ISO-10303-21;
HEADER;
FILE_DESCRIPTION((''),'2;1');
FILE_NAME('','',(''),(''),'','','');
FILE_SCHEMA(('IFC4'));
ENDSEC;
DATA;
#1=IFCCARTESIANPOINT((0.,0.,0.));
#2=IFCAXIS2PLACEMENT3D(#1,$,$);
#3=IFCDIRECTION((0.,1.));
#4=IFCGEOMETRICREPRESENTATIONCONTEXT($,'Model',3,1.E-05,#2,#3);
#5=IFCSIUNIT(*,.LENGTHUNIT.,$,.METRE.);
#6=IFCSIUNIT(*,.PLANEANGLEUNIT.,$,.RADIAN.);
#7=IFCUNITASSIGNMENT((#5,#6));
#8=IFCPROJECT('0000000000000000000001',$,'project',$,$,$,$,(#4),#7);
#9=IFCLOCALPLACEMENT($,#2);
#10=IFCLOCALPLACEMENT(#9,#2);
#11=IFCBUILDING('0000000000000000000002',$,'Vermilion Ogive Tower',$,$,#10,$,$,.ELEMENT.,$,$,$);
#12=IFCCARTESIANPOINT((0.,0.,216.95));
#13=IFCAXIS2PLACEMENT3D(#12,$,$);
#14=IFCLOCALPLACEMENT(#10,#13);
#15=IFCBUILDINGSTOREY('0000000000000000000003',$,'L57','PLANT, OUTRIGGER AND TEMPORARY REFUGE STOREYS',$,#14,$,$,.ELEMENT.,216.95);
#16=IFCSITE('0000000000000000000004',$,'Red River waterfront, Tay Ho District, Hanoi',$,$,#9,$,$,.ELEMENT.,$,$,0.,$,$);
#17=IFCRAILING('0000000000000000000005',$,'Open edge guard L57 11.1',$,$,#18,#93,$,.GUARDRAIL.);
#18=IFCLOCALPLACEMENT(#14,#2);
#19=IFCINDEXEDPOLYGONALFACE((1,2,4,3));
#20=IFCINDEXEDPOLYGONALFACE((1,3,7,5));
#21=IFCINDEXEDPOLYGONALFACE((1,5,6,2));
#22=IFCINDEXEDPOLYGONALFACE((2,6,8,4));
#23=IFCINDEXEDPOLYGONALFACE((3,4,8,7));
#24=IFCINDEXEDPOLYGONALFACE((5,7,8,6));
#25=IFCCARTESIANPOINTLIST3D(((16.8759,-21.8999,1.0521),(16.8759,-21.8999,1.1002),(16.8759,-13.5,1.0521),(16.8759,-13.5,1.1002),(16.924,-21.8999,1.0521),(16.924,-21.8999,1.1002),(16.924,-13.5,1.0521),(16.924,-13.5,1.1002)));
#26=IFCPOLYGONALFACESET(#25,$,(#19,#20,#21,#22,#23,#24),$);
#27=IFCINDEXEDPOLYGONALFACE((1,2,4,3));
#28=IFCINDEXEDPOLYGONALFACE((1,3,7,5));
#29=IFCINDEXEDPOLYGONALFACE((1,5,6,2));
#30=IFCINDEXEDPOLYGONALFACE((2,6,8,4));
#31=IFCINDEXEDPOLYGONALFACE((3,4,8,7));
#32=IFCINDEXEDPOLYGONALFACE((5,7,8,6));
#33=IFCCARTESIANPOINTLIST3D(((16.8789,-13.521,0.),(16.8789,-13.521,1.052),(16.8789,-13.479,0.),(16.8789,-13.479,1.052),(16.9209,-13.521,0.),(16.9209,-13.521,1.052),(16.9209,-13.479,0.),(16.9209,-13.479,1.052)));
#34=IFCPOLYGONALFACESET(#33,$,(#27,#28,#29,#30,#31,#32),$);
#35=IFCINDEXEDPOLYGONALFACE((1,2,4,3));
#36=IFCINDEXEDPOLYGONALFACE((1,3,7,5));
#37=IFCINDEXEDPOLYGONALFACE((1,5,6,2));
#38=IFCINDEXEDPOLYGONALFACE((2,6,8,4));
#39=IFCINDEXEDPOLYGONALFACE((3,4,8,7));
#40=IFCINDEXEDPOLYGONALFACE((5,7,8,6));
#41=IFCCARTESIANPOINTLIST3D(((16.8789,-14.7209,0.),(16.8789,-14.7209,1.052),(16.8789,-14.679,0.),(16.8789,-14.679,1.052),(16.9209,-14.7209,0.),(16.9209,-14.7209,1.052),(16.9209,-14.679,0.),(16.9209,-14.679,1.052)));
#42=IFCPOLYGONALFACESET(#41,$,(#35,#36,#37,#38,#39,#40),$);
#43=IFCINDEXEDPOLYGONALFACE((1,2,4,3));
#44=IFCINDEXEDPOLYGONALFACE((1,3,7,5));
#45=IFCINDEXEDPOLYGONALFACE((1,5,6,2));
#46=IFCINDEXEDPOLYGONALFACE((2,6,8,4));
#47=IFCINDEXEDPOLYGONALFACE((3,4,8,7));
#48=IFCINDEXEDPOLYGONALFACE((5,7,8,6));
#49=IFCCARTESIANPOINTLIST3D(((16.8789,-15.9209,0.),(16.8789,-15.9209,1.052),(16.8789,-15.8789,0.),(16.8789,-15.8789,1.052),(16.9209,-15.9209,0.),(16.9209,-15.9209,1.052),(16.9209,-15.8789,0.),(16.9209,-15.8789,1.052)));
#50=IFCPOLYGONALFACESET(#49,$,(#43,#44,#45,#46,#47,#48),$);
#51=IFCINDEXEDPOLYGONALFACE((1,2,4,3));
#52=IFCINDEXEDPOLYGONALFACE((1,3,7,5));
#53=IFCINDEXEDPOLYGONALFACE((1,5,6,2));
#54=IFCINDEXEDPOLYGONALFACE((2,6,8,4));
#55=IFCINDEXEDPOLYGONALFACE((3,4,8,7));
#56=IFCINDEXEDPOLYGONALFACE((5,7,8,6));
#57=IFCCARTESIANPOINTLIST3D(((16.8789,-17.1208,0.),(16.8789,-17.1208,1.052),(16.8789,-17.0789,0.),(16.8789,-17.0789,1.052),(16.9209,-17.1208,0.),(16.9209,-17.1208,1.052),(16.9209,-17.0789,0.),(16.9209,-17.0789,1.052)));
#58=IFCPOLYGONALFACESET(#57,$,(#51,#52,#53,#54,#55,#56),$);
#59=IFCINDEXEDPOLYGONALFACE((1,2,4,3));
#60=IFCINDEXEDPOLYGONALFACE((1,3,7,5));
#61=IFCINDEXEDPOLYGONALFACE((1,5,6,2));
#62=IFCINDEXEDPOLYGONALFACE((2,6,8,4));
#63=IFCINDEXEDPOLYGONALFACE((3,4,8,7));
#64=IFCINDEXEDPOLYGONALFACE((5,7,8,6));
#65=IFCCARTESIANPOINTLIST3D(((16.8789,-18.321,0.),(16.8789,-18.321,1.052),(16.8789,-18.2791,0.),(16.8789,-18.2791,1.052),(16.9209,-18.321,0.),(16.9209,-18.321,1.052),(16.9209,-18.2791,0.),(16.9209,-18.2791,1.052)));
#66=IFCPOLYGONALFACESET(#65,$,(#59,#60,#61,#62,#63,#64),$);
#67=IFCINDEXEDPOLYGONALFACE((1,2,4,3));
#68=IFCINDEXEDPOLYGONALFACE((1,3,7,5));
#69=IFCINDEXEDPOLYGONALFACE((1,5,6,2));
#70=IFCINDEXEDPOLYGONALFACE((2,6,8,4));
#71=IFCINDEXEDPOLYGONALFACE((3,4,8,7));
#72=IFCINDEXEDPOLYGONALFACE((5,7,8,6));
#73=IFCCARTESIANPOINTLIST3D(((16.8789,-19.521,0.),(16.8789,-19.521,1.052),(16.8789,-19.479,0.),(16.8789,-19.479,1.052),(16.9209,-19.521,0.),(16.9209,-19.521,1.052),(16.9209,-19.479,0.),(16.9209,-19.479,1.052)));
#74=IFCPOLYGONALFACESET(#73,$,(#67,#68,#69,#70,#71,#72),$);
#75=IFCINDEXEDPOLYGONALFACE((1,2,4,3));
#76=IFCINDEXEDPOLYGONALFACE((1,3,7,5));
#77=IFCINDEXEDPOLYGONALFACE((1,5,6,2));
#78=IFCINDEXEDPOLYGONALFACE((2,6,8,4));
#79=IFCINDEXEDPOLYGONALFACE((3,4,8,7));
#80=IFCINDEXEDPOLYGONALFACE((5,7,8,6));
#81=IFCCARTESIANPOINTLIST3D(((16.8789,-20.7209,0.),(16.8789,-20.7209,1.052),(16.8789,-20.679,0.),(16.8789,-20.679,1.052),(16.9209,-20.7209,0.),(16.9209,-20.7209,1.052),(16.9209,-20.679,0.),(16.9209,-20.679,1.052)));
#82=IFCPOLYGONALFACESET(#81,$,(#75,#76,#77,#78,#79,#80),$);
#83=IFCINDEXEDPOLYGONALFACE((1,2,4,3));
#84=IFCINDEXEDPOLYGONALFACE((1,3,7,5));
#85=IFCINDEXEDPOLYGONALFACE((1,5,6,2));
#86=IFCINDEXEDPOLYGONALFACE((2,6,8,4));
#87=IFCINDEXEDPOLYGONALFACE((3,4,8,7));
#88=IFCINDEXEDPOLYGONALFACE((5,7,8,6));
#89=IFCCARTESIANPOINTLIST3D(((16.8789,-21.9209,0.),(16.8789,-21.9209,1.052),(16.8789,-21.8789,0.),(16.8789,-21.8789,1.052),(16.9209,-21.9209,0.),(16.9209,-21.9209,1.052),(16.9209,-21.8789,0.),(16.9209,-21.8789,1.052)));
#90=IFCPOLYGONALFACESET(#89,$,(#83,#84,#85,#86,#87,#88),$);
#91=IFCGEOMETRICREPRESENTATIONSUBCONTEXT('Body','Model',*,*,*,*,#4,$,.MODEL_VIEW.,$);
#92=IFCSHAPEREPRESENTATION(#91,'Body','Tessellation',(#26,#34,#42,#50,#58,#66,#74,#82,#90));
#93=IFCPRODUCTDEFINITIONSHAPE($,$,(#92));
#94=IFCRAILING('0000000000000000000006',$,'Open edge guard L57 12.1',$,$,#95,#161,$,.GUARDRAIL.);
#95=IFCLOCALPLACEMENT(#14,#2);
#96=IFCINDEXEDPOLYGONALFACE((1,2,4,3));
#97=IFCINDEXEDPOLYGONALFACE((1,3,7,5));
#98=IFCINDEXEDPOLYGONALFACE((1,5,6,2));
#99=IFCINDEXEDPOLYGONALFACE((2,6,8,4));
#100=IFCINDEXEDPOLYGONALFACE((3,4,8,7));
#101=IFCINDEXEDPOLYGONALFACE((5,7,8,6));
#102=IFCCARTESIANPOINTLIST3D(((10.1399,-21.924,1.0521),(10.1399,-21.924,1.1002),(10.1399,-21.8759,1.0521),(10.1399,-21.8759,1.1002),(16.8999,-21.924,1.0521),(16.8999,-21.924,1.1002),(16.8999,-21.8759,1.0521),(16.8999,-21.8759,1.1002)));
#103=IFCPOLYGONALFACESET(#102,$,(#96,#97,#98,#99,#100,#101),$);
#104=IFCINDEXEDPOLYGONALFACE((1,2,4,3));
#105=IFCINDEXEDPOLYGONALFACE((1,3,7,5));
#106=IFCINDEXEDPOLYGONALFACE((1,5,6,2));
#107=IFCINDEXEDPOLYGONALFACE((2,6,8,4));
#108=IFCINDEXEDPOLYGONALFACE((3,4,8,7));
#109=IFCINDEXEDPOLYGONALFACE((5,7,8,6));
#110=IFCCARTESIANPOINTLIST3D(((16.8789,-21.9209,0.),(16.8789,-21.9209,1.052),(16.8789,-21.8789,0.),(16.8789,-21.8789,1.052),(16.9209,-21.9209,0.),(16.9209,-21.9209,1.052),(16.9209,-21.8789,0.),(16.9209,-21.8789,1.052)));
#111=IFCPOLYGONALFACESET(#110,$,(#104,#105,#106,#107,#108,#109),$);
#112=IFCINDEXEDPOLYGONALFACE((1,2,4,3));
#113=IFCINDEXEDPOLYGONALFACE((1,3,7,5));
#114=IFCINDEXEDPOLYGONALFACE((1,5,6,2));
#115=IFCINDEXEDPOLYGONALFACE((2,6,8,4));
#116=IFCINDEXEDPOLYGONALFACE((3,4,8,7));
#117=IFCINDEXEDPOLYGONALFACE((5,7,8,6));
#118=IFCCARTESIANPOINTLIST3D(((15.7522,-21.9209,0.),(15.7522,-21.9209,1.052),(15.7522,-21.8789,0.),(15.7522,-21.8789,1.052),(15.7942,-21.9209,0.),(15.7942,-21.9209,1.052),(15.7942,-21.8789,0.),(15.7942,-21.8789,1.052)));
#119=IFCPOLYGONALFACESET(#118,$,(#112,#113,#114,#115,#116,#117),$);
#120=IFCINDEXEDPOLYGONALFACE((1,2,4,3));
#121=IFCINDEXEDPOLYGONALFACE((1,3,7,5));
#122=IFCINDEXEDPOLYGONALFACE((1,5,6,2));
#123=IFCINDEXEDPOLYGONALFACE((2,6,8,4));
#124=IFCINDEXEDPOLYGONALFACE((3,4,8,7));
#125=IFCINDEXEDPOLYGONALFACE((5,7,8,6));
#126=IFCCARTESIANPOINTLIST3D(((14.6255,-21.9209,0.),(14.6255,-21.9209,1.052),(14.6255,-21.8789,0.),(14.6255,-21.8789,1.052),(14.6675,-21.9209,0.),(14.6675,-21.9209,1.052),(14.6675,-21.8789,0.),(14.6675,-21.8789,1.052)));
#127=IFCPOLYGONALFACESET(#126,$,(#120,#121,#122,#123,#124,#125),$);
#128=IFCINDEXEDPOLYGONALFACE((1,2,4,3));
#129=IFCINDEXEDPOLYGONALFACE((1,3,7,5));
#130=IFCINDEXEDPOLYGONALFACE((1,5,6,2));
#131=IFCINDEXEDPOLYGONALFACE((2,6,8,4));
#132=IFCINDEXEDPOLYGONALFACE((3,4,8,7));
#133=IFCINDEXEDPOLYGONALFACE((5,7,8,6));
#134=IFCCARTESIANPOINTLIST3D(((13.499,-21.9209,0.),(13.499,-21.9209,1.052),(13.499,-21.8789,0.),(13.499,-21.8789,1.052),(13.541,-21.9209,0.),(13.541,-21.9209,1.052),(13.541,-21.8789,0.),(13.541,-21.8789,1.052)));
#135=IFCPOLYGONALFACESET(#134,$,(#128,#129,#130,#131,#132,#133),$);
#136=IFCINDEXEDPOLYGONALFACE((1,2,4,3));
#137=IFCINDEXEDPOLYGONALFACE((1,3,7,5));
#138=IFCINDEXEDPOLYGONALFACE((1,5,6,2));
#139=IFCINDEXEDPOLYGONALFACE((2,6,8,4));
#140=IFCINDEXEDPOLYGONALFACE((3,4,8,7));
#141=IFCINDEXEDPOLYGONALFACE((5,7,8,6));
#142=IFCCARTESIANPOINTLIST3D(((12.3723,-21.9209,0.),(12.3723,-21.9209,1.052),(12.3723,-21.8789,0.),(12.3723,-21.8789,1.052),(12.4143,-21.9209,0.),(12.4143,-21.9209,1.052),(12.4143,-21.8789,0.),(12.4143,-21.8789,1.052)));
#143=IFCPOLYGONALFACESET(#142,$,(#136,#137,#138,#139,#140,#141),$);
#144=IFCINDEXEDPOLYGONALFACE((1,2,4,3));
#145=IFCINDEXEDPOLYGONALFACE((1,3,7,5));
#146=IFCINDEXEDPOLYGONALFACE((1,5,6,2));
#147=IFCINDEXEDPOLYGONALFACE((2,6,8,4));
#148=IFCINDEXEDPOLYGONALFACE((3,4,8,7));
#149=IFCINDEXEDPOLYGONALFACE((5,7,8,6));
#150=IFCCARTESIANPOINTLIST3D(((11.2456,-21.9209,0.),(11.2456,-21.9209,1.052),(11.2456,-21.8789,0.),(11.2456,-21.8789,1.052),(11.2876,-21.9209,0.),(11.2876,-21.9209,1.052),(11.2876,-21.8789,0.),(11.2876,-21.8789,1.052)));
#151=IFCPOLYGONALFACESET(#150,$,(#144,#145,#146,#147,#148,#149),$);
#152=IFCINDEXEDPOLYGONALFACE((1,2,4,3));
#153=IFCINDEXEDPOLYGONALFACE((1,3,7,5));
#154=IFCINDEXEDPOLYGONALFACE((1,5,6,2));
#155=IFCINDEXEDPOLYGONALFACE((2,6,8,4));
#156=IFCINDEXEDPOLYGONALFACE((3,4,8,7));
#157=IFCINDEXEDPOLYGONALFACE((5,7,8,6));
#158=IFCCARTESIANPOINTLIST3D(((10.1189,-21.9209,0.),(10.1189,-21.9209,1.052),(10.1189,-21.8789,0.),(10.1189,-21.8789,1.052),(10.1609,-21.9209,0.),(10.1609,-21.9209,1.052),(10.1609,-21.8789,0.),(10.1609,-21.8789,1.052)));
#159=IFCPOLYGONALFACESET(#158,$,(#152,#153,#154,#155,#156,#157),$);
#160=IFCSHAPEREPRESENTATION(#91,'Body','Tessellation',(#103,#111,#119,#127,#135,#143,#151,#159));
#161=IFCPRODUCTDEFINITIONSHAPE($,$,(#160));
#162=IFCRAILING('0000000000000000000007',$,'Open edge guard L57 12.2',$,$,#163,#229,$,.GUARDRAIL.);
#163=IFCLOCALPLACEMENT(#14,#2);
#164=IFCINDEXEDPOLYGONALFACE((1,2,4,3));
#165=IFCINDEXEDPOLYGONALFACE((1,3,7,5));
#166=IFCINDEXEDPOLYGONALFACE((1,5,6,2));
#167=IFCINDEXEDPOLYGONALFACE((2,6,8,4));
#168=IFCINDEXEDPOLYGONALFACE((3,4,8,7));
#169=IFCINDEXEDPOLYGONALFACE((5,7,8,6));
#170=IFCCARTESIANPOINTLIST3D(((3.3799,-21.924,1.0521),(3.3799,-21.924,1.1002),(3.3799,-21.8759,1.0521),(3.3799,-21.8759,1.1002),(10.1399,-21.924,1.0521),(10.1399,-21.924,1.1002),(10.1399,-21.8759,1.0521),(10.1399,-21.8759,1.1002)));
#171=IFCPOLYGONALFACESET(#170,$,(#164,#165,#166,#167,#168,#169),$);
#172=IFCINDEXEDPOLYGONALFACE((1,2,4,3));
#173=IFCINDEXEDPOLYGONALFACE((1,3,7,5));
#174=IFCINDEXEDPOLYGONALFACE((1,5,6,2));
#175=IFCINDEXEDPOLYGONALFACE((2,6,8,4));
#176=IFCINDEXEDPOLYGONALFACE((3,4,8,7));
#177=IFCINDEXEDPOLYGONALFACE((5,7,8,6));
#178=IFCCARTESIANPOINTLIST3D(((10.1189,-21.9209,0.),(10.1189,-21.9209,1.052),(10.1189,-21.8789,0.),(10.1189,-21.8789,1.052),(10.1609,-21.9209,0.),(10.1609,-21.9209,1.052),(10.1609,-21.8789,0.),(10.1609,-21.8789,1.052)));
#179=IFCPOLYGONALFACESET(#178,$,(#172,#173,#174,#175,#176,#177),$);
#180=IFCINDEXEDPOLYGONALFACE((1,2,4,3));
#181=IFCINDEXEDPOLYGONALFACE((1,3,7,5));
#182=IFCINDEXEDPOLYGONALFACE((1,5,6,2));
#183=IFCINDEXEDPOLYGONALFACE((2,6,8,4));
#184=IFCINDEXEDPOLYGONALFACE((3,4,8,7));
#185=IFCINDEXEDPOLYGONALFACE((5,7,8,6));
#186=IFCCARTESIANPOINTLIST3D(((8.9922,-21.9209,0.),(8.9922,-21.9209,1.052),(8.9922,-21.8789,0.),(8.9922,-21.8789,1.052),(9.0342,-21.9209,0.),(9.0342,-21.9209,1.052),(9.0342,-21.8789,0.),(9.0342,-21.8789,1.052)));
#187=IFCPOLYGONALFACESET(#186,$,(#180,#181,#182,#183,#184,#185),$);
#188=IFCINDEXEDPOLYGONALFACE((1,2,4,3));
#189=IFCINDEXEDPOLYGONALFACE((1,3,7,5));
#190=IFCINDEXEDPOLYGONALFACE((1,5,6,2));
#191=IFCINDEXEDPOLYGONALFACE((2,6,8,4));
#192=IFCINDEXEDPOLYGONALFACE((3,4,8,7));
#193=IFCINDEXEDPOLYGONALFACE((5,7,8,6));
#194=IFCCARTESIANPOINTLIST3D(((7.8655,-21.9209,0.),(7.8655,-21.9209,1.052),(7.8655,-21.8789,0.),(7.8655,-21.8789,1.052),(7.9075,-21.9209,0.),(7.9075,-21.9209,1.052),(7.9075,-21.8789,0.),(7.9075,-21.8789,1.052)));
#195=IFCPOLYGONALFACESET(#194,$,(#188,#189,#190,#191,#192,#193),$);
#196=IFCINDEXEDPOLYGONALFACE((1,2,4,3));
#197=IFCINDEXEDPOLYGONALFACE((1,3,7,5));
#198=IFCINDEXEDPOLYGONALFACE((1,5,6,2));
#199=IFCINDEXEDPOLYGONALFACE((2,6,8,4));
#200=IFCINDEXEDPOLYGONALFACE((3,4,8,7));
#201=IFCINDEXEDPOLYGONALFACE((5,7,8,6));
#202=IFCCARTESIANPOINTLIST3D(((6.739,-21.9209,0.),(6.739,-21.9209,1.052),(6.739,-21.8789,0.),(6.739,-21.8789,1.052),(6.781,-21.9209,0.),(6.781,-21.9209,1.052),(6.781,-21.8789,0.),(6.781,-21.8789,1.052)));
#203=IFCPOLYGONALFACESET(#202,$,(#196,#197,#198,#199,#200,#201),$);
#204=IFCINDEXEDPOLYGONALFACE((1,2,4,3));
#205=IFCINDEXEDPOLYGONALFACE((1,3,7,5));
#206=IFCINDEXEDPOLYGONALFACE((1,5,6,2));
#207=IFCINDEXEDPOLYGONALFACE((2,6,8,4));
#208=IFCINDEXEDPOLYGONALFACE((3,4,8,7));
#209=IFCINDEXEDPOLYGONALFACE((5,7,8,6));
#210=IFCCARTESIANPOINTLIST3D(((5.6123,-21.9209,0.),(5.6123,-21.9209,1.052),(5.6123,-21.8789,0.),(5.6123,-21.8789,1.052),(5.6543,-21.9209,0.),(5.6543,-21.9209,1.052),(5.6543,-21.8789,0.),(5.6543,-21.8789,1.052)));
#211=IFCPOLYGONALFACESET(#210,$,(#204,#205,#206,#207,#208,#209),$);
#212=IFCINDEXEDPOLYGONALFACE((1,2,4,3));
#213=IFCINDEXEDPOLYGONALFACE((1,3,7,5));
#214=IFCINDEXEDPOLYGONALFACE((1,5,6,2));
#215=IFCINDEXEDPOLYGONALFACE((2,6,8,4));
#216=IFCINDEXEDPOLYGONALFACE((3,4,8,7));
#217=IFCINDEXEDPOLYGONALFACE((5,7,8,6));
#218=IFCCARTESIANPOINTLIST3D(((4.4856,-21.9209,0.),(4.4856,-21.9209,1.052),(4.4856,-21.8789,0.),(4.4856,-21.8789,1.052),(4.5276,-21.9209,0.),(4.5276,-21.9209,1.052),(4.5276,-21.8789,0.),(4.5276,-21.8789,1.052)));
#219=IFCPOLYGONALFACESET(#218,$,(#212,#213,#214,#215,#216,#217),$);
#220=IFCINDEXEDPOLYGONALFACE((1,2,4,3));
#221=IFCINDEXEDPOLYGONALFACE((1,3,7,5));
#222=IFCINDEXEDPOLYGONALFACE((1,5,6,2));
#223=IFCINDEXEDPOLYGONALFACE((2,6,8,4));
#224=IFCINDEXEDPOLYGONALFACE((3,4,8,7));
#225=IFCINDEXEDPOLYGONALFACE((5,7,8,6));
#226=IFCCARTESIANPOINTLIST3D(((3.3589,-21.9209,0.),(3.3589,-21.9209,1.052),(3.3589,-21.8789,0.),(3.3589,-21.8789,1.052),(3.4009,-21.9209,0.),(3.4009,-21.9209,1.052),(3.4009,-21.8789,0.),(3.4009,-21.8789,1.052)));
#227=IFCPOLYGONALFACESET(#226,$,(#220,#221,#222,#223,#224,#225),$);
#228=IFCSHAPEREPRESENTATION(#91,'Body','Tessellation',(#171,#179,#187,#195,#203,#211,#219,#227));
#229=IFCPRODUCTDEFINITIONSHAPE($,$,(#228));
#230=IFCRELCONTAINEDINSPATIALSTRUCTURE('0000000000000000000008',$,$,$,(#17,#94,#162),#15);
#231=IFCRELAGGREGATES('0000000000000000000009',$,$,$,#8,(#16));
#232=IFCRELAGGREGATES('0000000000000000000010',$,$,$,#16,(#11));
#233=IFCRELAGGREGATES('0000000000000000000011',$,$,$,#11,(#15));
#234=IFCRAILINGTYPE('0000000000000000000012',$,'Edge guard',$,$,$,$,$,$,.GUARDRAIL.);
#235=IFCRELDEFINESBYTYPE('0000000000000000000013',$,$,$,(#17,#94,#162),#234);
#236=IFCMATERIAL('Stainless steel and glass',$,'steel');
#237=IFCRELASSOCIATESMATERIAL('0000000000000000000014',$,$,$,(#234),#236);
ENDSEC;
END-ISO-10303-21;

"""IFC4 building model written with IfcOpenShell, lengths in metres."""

from ifc_helpers import new_model, si_unit, direction, frame, origin, origin_2d, place, context, subcontext, project, spatial, rectangle, extrude, material, type_object, element, save


model = new_model("IFC4")

# Units and contexts
model_context = context("Model", 3, precision=1e-05, world=origin(), true_north=direction((0.0, 1.0)))
body_context = subcontext(model_context, "Body", "Model", "MODEL_VIEW")
ifc_project = project(units=[si_unit("LENGTHUNIT", "METRE"), si_unit("PLANEANGLEUNIT", "RADIAN")], contexts=[model_context])

# Site, building, storey
site_placement = place(None, origin())
site = spatial("IfcSite", under=ifc_project, at=site_placement, Name="Red River waterfront, Tay Ho District, Hanoi", CompositionType="ELEMENT", RefElevation=0.0)
building_placement = place(site_placement, origin())
building = spatial("IfcBuilding", under=site, at=building_placement, Name="Vermilion Ogive Tower", CompositionType="ELEMENT")
storey_placement = place(building_placement, frame((0.0, 0.0, 216.95)))
storey = spatial("IfcBuildingStorey", under=building, at=storey_placement, Name="L57", Description="PLANT, OUTRIGGER AND TEMPORARY REFUGE STOREYS", CompositionType="ELEMENT", Elevation=216.95)

# Railings
ifc_material_1 = material(Name="Stainless steel and glass", Category="steel")
railing_type_1 = type_object("IfcRailingType", Name="Edge guard", PredefinedType="GUARDRAIL", material=ifc_material_1)
railing_1_placement = place(storey_placement, frame((16.8999, -13.5, 0.0)))
element("IfcRailing", 1, at=railing_1_placement, inside=storey, type_object=railing_type_1, Name="Open edge guard L57 11.1", PredefinedType="GUARDRAIL", context=body_context, shape_type="SweptSolid", body=[
    extrude(rectangle(XDim=0.0481, YDim=0.0481, at=origin_2d()), frame((0.0, 0.0, 1.0762), z_axis=(0.0, -1.0, 0.0), x_axis=(1.0, 0.0, 0.0)), (0.0, 0.0, 1.0), 8.3999),
    extrude(rectangle(XDim=0.042, YDim=0.042, at=origin_2d()), origin(), (0.0, 0.0, 1.0), 1.052),
    extrude(rectangle(XDim=0.042, YDim=0.042, at=origin_2d()), frame((0.0, -1.2, 0.0)), (0.0, 0.0, 1.0), 1.052),
    extrude(rectangle(XDim=0.042, YDim=0.042, at=origin_2d()), frame((0.0, -2.3999, 0.0)), (0.0, 0.0, 1.0), 1.052),
    extrude(rectangle(XDim=0.042, YDim=0.042, at=origin_2d()), frame((0.0, -3.5999, 0.0)), (0.0, 0.0, 1.0), 1.052),
    extrude(rectangle(XDim=0.042, YDim=0.042, at=origin_2d()), frame((0.0, -4.8, 0.0)), (0.0, 0.0, 1.0), 1.052),
    extrude(rectangle(XDim=0.042, YDim=0.042, at=origin_2d()), frame((0.0, -6.0, 0.0)), (0.0, 0.0, 1.0), 1.052),
    extrude(rectangle(XDim=0.042, YDim=0.042, at=origin_2d()), frame((0.0, -7.2, 0.0)), (0.0, 0.0, 1.0), 1.052),
    extrude(rectangle(XDim=0.042, YDim=0.042, at=origin_2d()), frame((0.0, -8.3999, 0.0)), (0.0, 0.0, 1.0), 1.052),
])
for number, where, name in (
    (2, (16.8999, -21.8999, 0.0), "Open edge guard L57 12.1"),
    (3, (10.1399, -21.8999, 0.0), "Open edge guard L57 12.2"),
):
    element("IfcRailing", number, at=place(storey_placement, frame(where)), inside=storey, type_object=railing_type_1, Name=name, PredefinedType="GUARDRAIL", context=body_context, shape_type="SweptSolid", body=[
        extrude(rectangle(XDim=0.0481, YDim=0.0481, at=origin_2d()), frame((0.0, 0.0, 1.0762), z_axis=(-1.0, 0.0, 0.0), x_axis=(0.0, -1.0, 0.0)), (0.0, 0.0, 1.0), 6.76),
        extrude(rectangle(XDim=0.042, YDim=0.042, at=origin_2d()), origin(), (0.0, 0.0, 1.0), 1.052),
        extrude(rectangle(XDim=0.042, YDim=0.042, at=origin_2d()), frame((-1.1267, 0.0, 0.0)), (0.0, 0.0, 1.0), 1.052),
        extrude(rectangle(XDim=0.042, YDim=0.042, at=origin_2d()), frame((-2.2534, 0.0, 0.0)), (0.0, 0.0, 1.0), 1.052),
        extrude(rectangle(XDim=0.042, YDim=0.042, at=origin_2d()), frame((-3.3799, 0.0, 0.0)), (0.0, 0.0, 1.0), 1.052),
        extrude(rectangle(XDim=0.042, YDim=0.042, at=origin_2d()), frame((-4.5066, 0.0, 0.0)), (0.0, 0.0, 1.0), 1.052),
        extrude(rectangle(XDim=0.042, YDim=0.042, at=origin_2d()), frame((-5.6333, 0.0, 0.0)), (0.0, 0.0, 1.0), 1.052),
        extrude(rectangle(XDim=0.042, YDim=0.042, at=origin_2d()), frame((-6.76, 0.0, 0.0)), (0.0, 0.0, 1.0), 1.052),
    ])

save(model, "model.ifc")
